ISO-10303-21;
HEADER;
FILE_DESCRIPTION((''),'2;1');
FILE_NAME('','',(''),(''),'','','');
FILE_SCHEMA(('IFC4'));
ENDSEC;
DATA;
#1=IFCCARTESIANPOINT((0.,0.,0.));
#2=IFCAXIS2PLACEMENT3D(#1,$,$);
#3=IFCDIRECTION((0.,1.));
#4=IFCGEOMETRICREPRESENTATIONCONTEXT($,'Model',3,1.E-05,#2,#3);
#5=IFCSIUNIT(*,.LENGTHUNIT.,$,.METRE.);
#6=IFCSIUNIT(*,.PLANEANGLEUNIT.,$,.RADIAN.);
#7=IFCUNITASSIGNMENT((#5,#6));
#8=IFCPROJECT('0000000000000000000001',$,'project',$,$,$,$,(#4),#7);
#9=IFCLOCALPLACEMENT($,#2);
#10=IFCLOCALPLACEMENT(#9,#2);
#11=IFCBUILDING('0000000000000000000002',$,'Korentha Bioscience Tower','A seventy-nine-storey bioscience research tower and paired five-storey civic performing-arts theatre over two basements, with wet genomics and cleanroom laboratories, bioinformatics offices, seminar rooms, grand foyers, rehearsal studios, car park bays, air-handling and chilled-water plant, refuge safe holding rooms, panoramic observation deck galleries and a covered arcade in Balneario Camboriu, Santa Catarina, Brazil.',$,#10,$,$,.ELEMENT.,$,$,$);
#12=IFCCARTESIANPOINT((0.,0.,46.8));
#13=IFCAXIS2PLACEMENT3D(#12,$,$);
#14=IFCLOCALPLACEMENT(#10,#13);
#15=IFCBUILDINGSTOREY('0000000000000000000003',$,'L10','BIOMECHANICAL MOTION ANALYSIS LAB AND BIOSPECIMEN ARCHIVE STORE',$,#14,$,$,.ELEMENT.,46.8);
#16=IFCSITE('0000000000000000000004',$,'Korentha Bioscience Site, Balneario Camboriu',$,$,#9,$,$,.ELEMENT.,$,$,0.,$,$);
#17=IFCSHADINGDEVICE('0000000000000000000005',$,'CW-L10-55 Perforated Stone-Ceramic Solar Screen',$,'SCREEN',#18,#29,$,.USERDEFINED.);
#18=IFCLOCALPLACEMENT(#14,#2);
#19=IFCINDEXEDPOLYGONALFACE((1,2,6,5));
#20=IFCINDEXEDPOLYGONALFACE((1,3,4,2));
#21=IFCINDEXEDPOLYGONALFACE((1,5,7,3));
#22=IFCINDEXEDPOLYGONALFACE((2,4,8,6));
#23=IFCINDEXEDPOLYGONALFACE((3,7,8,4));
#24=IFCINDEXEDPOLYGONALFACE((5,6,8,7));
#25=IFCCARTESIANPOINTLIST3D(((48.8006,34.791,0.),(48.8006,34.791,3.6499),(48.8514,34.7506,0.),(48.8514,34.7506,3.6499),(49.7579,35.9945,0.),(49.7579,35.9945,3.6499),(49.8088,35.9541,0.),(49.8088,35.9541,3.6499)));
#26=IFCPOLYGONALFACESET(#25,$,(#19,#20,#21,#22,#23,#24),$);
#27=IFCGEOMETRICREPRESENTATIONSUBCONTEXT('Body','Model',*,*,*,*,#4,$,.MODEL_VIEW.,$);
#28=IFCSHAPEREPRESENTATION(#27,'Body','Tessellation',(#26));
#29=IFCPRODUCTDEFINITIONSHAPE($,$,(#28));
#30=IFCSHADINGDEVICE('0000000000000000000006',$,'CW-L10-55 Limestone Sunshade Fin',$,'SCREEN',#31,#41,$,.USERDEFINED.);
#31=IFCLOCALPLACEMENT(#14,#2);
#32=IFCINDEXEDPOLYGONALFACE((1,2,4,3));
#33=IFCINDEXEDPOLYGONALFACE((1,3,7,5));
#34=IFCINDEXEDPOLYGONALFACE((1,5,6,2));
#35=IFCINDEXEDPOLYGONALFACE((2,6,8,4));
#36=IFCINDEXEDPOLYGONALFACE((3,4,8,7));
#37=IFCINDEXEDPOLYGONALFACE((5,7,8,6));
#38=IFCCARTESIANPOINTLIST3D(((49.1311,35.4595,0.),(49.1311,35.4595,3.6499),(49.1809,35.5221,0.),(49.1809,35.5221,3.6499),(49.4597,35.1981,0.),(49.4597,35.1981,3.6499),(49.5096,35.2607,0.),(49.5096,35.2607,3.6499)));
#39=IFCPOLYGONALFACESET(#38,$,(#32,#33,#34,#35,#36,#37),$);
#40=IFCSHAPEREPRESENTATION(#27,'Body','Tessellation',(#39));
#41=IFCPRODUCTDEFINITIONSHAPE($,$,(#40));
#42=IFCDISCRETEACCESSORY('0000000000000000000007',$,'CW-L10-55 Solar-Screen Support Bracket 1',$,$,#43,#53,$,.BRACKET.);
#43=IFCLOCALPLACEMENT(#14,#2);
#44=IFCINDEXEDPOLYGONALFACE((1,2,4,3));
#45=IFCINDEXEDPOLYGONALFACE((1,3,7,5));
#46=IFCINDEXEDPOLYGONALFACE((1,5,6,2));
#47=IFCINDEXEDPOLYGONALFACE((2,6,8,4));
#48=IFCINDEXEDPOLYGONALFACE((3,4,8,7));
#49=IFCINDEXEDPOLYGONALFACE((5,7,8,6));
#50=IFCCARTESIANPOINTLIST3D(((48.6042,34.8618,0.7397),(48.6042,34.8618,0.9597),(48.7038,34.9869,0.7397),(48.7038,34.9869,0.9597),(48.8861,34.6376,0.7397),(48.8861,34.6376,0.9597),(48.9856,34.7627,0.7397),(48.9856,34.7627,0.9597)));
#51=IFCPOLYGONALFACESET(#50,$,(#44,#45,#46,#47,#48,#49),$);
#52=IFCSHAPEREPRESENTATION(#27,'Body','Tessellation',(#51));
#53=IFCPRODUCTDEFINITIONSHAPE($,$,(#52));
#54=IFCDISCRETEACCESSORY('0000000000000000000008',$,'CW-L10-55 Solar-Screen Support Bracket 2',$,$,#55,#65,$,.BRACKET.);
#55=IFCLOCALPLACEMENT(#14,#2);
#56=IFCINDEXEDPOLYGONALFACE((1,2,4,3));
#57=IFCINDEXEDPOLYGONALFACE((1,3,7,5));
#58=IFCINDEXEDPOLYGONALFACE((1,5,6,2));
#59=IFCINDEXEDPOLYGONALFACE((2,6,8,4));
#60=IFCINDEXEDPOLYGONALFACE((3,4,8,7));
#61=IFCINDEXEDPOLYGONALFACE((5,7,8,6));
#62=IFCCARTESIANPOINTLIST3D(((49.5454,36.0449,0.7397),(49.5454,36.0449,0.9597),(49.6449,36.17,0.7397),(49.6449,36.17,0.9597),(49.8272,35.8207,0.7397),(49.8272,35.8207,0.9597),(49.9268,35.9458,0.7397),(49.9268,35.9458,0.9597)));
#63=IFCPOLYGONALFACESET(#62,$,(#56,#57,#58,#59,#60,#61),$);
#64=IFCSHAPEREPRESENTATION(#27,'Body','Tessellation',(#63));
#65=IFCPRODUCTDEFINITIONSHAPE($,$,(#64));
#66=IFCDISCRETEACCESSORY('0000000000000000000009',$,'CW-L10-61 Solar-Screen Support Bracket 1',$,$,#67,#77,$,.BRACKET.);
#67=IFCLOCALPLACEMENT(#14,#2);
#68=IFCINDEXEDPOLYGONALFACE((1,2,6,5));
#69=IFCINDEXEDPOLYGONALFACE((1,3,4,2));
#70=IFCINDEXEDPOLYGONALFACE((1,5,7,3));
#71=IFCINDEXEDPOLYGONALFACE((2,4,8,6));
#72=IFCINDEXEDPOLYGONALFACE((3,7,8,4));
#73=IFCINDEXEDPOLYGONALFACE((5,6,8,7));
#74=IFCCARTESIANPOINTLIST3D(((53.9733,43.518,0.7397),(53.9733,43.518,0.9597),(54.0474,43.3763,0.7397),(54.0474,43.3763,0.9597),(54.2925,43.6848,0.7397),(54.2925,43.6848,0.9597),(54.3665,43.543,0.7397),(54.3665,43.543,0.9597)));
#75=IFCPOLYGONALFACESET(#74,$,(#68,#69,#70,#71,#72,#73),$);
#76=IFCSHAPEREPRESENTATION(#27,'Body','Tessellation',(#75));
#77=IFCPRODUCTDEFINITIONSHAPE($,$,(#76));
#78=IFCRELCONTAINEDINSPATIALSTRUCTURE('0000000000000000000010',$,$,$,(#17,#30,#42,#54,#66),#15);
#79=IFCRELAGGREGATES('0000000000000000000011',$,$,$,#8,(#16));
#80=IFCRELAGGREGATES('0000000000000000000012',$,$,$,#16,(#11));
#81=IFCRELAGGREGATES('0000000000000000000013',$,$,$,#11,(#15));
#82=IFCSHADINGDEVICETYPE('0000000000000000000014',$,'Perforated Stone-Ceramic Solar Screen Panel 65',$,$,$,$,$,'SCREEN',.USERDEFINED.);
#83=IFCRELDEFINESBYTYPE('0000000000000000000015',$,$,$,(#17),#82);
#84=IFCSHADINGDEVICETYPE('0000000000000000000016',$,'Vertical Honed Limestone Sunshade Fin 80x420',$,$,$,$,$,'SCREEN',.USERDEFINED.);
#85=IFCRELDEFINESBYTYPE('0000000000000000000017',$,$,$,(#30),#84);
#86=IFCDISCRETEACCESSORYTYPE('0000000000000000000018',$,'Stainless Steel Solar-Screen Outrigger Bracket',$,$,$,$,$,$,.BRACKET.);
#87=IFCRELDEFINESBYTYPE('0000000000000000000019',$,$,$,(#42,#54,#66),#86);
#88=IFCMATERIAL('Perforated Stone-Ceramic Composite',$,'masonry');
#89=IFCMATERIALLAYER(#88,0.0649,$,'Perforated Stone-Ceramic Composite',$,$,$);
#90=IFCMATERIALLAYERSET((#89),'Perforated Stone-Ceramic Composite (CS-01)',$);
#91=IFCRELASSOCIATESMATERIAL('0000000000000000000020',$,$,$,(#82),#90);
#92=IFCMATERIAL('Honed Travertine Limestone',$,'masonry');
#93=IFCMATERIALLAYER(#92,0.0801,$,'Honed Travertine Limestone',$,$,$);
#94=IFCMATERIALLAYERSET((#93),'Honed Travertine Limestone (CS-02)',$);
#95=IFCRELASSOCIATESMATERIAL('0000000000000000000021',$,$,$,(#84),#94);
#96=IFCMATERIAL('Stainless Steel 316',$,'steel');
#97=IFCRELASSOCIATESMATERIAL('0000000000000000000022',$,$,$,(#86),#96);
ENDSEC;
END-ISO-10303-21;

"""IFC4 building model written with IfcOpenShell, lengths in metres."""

from ifc_helpers import new_model, si_unit, direction, frame, origin, origin_2d, place, context, subcontext, project, spatial, rectangle, extrude, material, layer, layer_set, type_object, element, save


model = new_model("IFC4")

# Units and contexts
model_context = context("Model", 3, precision=1e-05, world=origin(), true_north=direction((0.0, 1.0)))
body_context = subcontext(model_context, "Body", "Model", "MODEL_VIEW")
ifc_project = project(units=[si_unit("LENGTHUNIT", "METRE"), si_unit("PLANEANGLEUNIT", "RADIAN")], contexts=[model_context])

# Site, building, storey
site_placement = place(None, origin())
site = spatial("IfcSite", under=ifc_project, at=site_placement, Name="Korentha Bioscience Site, Balneario Camboriu", CompositionType="ELEMENT", RefElevation=0.0)
building_placement = place(site_placement, origin())
building = spatial("IfcBuilding", under=site, at=building_placement, Name="Korentha Bioscience Tower", Description="A seventy-nine-storey bioscience research tower and paired five-storey civic performing-arts theatre over two basements, with wet genomics and cleanroom laboratories, bioinformatics offices, seminar rooms, grand foyers, rehearsal studios, car park bays, air-handling and chilled-water plant, refuge safe holding rooms, panoramic observation deck galleries and a covered arcade in Balneario Camboriu, Santa Catarina, Brazil.", CompositionType="ELEMENT")
storey_placement = place(building_placement, frame((0.0, 0.0, 46.8)))
storey = spatial("IfcBuildingStorey", under=building, at=storey_placement, Name="L10", Description="BIOMECHANICAL MOTION ANALYSIS LAB AND BIOSPECIMEN ARCHIVE STORE", CompositionType="ELEMENT", Elevation=46.8)

# Shading devices
ifc_material_1 = material(Name="Perforated Stone-Ceramic Composite", Category="masonry")
ifc_layer_1 = layer(ifc_material_1, 0.0649, Name="Perforated Stone-Ceramic Composite")
ifc_layer_set_1 = layer_set([ifc_layer_1], Name="Perforated Stone-Ceramic Composite (CS-01)")
shading_device_type_1 = type_object("IfcShadingDeviceType", Name="Perforated Stone-Ceramic Solar Screen Panel 65", ElementType="SCREEN", PredefinedType="USERDEFINED", material=ifc_layer_set_1)
shading_device_1_placement = place(storey_placement, frame((49.3047, 35.3726, 0.0), z_axis=(0.0, 0.0, 1.0), x_axis=(0.62252, 0.782604, 0.0)))
element("IfcShadingDevice", 1, at=shading_device_1_placement, inside=storey, type_object=shading_device_type_1, Name="CW-L10-55 Perforated Stone-Ceramic Solar Screen", ObjectType="SCREEN", PredefinedType="USERDEFINED", context=body_context, shape_type="SweptSolid", body=[
    extrude(rectangle(XDim=1.5378, YDim=0.0649, at=origin_2d()), origin(), (0.0, 0.0, 1.0), 3.6499),
])
ifc_material_2 = material(Name="Honed Travertine Limestone", Category="masonry")
ifc_layer_2 = layer(ifc_material_2, 0.0801, Name="Honed Travertine Limestone")
ifc_layer_set_2 = layer_set([ifc_layer_2], Name="Honed Travertine Limestone (CS-02)")
shading_device_type_2 = type_object("IfcShadingDeviceType", Name="Vertical Honed Limestone Sunshade Fin 80x420", ElementType="SCREEN", PredefinedType="USERDEFINED", material=ifc_layer_set_2)
shading_device_2_placement = place(storey_placement, frame((49.3203, 35.3601, 0.0), z_axis=(0.0, 0.0, 1.0), x_axis=(0.62252, 0.782604, 0.0)))
element("IfcShadingDevice", 2, at=shading_device_2_placement, inside=storey, type_object=shading_device_type_2, Name="CW-L10-55 Limestone Sunshade Fin", ObjectType="SCREEN", PredefinedType="USERDEFINED", context=body_context, shape_type="SweptSolid", body=[
    extrude(rectangle(XDim=0.0801, YDim=0.4199, at=origin_2d()), origin(), (0.0, 0.0, 1.0), 3.6499),
])

# Discrete accessories
ifc_material_3 = material(Name="Stainless Steel 316", Category="steel")
discrete_accessory_type = type_object("IfcDiscreteAccessoryType", Name="Stainless Steel Solar-Screen Outrigger Bracket", PredefinedType="BRACKET", material=ifc_material_3)
for number, where, z_axis, x_axis, name in (
    (3, (48.7949, 34.8123, 0.7397), (0.0, 0.0, 1.0), (0.62252, 0.782604, 0.0), "CW-L10-55 Solar-Screen Support Bracket 1"),
    (4, (49.7361, 35.9954, 0.7397), (0.0, 0.0, 1.0), (0.62252, 0.782604, 0.0), "CW-L10-55 Solar-Screen Support Bracket 2"),
    (5, (54.1699, 43.5305, 0.7397), (0.0, 0.0, 1.0), (-0.463009, 0.886354, 0.0), "CW-L10-61 Solar-Screen Support Bracket 1"),
):
    element("IfcDiscreteAccessory", number, at=place(storey_placement, frame(where, z_axis=z_axis, x_axis=x_axis)), inside=storey, type_object=discrete_accessory_type, Name=name, PredefinedType="BRACKET", context=body_context, shape_type="SweptSolid", body=[
        extrude(rectangle(XDim=0.1599, YDim=0.3601, at=origin_2d()), origin(), (0.0, 0.0, 1.0), 0.22),
    ])

save(model, "model.ifc")
